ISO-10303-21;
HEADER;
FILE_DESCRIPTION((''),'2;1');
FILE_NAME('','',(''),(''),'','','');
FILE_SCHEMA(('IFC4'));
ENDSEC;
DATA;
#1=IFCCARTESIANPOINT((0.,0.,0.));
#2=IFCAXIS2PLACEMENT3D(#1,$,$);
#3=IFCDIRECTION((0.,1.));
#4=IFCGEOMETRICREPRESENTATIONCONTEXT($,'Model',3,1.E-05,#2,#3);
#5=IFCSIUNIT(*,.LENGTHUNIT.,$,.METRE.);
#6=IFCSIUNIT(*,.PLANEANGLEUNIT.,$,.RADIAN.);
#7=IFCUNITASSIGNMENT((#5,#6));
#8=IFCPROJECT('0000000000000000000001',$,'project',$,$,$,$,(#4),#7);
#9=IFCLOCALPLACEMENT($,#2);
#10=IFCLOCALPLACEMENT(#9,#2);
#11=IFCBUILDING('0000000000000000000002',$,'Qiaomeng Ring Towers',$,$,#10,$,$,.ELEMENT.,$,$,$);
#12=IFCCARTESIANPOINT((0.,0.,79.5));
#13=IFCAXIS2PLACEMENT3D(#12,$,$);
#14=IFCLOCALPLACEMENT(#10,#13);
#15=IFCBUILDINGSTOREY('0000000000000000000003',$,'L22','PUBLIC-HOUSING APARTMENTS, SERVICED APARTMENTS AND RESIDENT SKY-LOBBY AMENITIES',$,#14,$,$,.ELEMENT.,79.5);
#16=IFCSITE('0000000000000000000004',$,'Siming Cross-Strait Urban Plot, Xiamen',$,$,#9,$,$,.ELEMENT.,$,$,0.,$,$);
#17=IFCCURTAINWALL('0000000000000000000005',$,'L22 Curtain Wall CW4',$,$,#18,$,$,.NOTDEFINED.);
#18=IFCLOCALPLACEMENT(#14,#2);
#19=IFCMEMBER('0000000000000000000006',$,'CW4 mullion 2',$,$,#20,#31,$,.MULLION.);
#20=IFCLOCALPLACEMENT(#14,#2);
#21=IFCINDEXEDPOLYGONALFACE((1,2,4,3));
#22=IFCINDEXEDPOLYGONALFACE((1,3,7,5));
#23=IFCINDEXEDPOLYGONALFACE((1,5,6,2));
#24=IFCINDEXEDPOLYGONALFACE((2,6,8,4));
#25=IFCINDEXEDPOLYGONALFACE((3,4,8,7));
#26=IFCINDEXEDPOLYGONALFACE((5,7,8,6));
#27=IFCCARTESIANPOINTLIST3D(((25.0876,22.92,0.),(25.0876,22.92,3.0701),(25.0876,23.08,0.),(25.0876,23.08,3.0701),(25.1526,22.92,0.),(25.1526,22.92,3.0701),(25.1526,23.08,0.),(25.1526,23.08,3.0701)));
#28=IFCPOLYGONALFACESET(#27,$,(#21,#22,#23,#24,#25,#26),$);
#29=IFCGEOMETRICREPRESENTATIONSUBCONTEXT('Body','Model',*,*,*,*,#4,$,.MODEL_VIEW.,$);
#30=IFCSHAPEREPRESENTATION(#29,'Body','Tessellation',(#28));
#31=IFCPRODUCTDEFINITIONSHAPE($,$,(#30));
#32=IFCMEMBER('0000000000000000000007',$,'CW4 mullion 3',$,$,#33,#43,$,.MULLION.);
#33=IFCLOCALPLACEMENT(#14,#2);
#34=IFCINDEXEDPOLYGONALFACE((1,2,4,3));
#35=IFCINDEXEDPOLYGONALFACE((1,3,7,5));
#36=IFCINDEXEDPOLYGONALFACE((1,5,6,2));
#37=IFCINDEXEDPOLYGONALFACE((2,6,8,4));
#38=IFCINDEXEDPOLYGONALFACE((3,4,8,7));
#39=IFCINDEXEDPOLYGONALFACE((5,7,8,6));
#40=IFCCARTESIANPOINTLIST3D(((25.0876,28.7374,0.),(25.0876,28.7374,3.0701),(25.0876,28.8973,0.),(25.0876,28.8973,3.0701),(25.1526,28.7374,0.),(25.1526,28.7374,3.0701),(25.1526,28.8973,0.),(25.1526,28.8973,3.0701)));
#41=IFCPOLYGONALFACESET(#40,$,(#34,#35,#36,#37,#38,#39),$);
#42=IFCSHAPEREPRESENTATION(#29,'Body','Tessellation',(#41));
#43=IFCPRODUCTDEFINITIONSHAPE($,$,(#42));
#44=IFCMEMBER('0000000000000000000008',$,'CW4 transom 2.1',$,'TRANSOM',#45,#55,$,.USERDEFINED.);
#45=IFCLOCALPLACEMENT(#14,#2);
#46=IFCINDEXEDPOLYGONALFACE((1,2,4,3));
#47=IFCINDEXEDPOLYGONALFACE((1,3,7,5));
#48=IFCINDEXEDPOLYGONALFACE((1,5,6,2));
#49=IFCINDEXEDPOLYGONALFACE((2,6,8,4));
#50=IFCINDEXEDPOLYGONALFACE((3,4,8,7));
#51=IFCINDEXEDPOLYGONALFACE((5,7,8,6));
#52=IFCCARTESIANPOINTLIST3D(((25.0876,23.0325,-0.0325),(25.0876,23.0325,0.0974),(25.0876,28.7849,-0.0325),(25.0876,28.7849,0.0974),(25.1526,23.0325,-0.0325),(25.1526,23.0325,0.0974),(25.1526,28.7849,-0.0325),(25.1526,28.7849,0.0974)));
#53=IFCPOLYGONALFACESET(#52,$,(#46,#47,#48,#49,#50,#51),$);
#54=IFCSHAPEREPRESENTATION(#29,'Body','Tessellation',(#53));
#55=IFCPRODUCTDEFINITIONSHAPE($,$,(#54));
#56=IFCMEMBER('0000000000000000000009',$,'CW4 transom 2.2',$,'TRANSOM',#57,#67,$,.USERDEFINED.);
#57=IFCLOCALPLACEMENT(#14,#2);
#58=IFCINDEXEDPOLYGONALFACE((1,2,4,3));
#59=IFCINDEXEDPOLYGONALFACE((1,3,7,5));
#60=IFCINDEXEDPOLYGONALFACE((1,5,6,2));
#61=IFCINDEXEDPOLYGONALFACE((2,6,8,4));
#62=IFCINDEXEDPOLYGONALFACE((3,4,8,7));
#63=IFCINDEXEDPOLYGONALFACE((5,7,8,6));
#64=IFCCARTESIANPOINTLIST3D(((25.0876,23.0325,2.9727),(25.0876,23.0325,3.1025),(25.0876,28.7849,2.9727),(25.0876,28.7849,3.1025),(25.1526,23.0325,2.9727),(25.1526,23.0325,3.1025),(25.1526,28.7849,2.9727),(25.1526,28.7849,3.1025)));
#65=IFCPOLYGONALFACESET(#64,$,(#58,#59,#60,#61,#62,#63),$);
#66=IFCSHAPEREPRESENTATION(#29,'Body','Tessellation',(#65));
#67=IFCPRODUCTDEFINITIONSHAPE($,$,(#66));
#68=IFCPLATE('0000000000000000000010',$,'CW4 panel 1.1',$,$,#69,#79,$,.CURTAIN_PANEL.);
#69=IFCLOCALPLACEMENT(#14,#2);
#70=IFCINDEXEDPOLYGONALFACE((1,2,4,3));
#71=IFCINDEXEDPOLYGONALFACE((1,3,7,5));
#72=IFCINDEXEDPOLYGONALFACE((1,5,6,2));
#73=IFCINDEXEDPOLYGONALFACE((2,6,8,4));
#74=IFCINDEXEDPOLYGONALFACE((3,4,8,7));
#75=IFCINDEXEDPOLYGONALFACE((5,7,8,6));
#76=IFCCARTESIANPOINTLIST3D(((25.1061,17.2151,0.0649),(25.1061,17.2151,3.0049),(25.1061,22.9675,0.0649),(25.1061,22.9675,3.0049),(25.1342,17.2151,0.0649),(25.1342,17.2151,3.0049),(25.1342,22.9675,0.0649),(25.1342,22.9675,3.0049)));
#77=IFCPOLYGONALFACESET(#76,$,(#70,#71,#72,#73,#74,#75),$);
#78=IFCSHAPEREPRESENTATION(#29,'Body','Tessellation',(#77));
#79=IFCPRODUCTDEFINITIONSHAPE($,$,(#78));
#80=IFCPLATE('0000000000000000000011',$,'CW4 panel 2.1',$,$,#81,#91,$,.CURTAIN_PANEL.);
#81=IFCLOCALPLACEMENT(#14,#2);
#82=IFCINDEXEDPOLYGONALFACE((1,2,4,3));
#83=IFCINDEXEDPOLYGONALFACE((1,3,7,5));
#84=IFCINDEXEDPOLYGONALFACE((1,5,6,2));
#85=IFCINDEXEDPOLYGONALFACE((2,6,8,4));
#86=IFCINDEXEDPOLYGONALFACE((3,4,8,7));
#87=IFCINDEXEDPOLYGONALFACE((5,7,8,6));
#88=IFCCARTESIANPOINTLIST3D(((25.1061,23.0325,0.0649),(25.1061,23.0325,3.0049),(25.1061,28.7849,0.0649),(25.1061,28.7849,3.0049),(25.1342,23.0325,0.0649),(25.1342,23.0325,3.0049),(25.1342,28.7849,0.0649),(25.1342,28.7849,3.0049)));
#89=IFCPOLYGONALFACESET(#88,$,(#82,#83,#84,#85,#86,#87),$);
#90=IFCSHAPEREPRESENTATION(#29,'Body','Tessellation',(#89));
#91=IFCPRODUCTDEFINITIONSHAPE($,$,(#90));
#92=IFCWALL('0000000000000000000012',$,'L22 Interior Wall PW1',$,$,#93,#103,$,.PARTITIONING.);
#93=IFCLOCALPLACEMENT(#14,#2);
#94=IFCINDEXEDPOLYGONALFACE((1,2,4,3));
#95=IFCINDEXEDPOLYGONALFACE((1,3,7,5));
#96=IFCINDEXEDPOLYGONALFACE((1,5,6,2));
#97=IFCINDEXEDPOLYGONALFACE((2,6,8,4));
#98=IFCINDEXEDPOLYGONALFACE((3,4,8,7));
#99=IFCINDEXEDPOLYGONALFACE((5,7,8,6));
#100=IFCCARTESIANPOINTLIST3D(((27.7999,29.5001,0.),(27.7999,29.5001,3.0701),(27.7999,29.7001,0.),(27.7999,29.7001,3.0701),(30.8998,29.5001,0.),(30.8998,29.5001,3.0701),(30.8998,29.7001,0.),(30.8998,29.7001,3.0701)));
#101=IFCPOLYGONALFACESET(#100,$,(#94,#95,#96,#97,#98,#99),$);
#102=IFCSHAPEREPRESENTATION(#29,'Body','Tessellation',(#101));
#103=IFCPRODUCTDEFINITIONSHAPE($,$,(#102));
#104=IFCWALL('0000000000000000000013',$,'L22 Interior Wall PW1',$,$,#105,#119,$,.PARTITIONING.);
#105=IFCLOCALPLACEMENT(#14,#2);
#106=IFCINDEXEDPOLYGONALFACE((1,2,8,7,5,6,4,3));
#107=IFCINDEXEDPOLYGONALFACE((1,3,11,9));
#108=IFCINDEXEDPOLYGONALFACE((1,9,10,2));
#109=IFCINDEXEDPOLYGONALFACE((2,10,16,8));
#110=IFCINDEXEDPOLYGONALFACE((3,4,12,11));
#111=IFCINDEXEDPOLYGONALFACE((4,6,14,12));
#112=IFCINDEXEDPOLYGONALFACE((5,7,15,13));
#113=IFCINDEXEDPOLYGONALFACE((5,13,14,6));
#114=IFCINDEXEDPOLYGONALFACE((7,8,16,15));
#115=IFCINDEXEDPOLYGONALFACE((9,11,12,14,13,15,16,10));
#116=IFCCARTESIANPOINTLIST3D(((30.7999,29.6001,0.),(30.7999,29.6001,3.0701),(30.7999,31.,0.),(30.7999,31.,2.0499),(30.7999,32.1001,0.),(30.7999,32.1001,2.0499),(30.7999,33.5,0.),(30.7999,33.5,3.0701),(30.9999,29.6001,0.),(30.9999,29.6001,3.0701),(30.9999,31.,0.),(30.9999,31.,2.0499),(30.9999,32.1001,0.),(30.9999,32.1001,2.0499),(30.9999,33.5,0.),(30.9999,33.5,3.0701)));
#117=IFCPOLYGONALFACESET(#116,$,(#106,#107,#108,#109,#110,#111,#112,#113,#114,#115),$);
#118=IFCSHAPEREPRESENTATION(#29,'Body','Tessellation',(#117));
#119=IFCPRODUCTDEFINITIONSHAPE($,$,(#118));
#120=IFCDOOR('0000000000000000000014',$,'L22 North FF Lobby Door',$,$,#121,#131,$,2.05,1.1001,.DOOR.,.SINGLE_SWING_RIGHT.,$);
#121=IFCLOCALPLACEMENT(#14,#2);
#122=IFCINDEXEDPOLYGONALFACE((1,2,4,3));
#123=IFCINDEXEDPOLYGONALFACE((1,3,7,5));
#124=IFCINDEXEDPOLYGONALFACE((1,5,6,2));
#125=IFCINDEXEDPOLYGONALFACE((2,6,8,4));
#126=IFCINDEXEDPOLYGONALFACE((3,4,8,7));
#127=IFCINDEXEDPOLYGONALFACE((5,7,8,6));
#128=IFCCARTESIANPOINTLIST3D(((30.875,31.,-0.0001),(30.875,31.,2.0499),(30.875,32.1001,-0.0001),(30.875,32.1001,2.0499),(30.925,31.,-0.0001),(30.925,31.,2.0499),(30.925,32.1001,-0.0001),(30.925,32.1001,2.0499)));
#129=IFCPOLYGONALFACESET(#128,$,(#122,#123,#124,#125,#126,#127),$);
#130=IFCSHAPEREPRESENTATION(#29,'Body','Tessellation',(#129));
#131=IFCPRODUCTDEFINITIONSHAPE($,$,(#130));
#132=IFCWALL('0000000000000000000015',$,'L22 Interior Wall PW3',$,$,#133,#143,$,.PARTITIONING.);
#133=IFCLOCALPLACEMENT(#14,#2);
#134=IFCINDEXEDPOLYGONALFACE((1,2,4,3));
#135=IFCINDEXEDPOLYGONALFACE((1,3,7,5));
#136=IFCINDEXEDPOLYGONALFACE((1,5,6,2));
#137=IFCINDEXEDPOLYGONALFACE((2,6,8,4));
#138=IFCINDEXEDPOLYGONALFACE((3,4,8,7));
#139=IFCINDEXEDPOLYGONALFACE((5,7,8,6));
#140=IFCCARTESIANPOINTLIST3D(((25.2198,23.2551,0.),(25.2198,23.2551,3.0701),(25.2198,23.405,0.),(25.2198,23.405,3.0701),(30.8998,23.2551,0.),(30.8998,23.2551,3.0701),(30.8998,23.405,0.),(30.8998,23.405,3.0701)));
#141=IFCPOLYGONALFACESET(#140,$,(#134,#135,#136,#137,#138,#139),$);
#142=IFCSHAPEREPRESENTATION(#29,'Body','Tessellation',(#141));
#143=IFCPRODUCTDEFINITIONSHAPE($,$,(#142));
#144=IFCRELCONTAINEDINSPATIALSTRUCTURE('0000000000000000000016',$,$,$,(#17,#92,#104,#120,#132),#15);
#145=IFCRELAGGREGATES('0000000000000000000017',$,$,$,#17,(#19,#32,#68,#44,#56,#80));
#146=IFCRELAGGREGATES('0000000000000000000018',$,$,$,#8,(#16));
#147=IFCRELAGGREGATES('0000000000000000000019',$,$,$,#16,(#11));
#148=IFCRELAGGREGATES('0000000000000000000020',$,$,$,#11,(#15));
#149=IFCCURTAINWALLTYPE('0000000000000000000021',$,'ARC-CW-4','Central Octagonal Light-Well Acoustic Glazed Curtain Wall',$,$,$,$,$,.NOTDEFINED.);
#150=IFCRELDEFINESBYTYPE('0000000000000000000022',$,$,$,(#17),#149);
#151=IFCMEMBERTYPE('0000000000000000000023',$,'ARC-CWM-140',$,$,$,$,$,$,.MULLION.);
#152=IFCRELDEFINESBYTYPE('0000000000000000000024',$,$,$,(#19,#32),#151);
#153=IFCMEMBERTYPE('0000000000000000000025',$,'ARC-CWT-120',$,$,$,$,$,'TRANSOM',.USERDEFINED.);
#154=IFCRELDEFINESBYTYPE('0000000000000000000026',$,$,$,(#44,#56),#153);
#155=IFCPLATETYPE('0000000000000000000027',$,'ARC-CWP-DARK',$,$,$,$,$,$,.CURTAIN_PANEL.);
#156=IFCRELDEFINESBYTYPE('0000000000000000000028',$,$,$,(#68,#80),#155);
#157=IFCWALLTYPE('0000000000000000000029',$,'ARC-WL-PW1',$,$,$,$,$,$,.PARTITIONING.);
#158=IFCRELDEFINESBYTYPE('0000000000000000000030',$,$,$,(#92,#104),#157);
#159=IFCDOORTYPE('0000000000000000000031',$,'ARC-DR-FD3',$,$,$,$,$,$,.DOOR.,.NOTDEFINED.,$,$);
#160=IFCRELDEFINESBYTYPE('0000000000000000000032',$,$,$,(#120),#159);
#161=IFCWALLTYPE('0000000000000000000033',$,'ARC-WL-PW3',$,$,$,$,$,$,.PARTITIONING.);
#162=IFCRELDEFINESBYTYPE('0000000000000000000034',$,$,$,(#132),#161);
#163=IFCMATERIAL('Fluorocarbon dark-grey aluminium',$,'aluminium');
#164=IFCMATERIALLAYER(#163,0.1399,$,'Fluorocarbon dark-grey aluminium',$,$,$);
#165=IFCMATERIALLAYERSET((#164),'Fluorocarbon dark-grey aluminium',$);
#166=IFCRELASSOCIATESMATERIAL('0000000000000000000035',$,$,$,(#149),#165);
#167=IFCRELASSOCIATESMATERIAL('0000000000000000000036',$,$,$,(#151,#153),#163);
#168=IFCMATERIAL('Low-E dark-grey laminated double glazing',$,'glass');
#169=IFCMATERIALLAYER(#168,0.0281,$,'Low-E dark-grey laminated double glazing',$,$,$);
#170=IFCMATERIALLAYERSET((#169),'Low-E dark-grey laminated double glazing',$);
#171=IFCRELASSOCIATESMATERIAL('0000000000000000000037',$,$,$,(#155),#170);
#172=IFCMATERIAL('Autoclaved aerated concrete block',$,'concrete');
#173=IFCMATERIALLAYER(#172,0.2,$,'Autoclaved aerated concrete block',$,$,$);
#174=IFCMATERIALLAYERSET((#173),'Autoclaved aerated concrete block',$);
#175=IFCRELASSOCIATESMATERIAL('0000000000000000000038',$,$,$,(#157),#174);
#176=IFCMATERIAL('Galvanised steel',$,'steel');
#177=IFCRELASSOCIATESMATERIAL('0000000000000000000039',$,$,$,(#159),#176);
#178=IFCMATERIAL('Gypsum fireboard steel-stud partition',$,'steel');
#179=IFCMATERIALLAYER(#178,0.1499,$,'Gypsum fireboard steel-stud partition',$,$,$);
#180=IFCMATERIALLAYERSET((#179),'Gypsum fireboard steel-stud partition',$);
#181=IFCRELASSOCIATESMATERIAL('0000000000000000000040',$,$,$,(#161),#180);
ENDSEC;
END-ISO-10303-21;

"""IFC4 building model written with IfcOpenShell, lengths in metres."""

from ifc_helpers import new_model, si_unit, direction, frame, frame_2d, origin, origin_2d, place, context, subcontext, project, spatial, rectangle, extrude, source, transform, mapped, material, layer, layer_set, material_profile, profile_set, type_object, element, fill, aggregate, save


model = new_model("IFC4")

# Units and contexts
model_context = context("Model", 3, precision=1e-05, world=origin(), true_north=direction((0.0, 1.0)))
body_context = subcontext(model_context, "Body", "Model", "MODEL_VIEW")
ifc_project = project(units=[si_unit("LENGTHUNIT", "METRE"), si_unit("PLANEANGLEUNIT", "RADIAN")], contexts=[model_context])

# Site, building, storey
site_placement = place(None, origin())
site = spatial("IfcSite", under=ifc_project, at=site_placement, Name="Siming Cross-Strait Urban Plot, Xiamen", CompositionType="ELEMENT", RefElevation=0.0)
building_placement = place(site_placement, origin())
building = spatial("IfcBuilding", under=site, at=building_placement, Name="Qiaomeng Ring Towers", CompositionType="ELEMENT")
storey_placement = place(building_placement, frame((0.0, 0.0, 79.5)))
storey = spatial("IfcBuildingStorey", under=building, at=storey_placement, Name="L22", Description="PUBLIC-HOUSING APARTMENTS, SERVICED APARTMENTS AND RESIDENT SKY-LOBBY AMENITIES", CompositionType="ELEMENT", Elevation=79.5)

# Curtain wall, members, plates
ifc_material_1 = material(Name="Fluorocarbon dark-grey aluminium", Category="aluminium")
ifc_layer_1 = layer(ifc_material_1, 0.1399, Name="Fluorocarbon dark-grey aluminium")
ifc_layer_set_1 = layer_set([ifc_layer_1], Name="Fluorocarbon dark-grey aluminium")
curtain_wall_type = type_object("IfcCurtainWallType", Name="ARC-CW-4", Description="Central Octagonal Light-Well Acoustic Glazed Curtain Wall", PredefinedType="NOTDEFINED", material=ifc_layer_set_1)
curtain_wall_placement = place(storey_placement, origin())
curtain_wall = element("IfcCurtainWall", 1, at=curtain_wall_placement, inside=storey, type_object=curtain_wall_type, Name="L22 Curtain Wall CW4", PredefinedType="NOTDEFINED")
ifc_material_profile_1 = material_profile(ifc_material_1, rectangle(XDim=0.0649, YDim=0.1599, at=origin_2d()), Name="ALU MULL 65x160")
ifc_profile_set_1 = profile_set([ifc_material_profile_1], Name="Fluorocarbon dark-grey aluminium")
member_type_1 = type_object("IfcMemberType", Name="ARC-CWM-140", PredefinedType="MULLION", material=ifc_profile_set_1)
shared_shape_1 = source(origin(), body_context, "Body", "SweptSolid", [
    extrude(rectangle(XDim=0.0649, YDim=0.1599, at=origin_2d()), origin(), (0.0, 0.0, 1.0), 3.0701),
])
member_1_placement = place(storey_placement, frame((25.1201, 23.0, 0.0), z_axis=(0.0, 0.0, 1.0), x_axis=(-1.0, 0.0, 0.0)))
member_1 = element("IfcMember", 2, at=member_1_placement, type_object=member_type_1, Name="CW4 mullion 2", PredefinedType="MULLION", context=body_context, shape_type="MappedRepresentation", body=[
    mapped(shared_shape_1, transform((0.0, 0.0, 0.0), x_axis=(1.0, 0.0, 0.0), y_axis=(0.0, 1.0, 0.0), z_axis=(0.0, 0.0, 1.0), scale=1.0)),
])
member_2_placement = place(storey_placement, frame((25.1201, 28.8174, 0.0), z_axis=(0.0, 0.0, 1.0), x_axis=(-1.0, 0.0, 0.0)))
member_2 = element("IfcMember", 3, at=member_2_placement, type_object=member_type_1, Name="CW4 mullion 3", PredefinedType="MULLION", context=body_context, shape_type="MappedRepresentation", body=[
    mapped(shared_shape_1, transform((0.0, 0.0, 0.0), x_axis=(1.0, 0.0, 0.0), y_axis=(0.0, 1.0, 0.0), z_axis=(0.0, 0.0, 1.0), scale=1.0)),
])
ifc_material_profile_2 = material_profile(ifc_material_1, rectangle(XDim=0.0649, YDim=0.1299, at=origin_2d()), Name="ALU TRAN 65x130")
ifc_profile_set_2 = profile_set([ifc_material_profile_2], Name="Fluorocarbon dark-grey aluminium")
member_type_2 = type_object("IfcMemberType", Name="ARC-CWT-120", ElementType="TRANSOM", PredefinedType="USERDEFINED", material=ifc_profile_set_2)
shared_shape_2 = source(origin(), body_context, "Body", "SweptSolid", [
    extrude(rectangle(XDim=0.0649, YDim=0.1299, at=origin_2d()), origin(), (0.0, 0.0, 1.0), 5.7524),
])
member_3_placement = place(storey_placement, frame((25.1201, 23.0325, 0.0325), z_axis=(0.0, 1.0, 0.0), x_axis=(-1.0, 0.0, 0.0)))
member_3 = element("IfcMember", 4, at=member_3_placement, type_object=member_type_2, Name="CW4 transom 2.1", ObjectType="TRANSOM", PredefinedType="USERDEFINED", context=body_context, shape_type="MappedRepresentation", body=[
    mapped(shared_shape_2, transform((0.0, 0.0, 0.0), x_axis=(1.0, 0.0, 0.0), y_axis=(0.0, 1.0, 0.0), z_axis=(0.0, 0.0, 1.0), scale=1.0)),
])
member_4_placement = place(storey_placement, frame((25.1201, 23.0325, 3.0376), z_axis=(0.0, 1.0, 0.0), x_axis=(-1.0, 0.0, 0.0)))
member_4 = element("IfcMember", 5, at=member_4_placement, type_object=member_type_2, Name="CW4 transom 2.2", ObjectType="TRANSOM", PredefinedType="USERDEFINED", context=body_context, shape_type="MappedRepresentation", body=[
    mapped(shared_shape_2, transform((0.0, 0.0, 0.0), x_axis=(1.0, 0.0, 0.0), y_axis=(0.0, 1.0, 0.0), z_axis=(0.0, 0.0, 1.0), scale=1.0)),
])
ifc_material_2 = material(Name="Low-E dark-grey laminated double glazing", Category="glass")
ifc_layer_2 = layer(ifc_material_2, 0.0281, Name="Low-E dark-grey laminated double glazing")
ifc_layer_set_2 = layer_set([ifc_layer_2], Name="Low-E dark-grey laminated double glazing")
plate_type = type_object("IfcPlateType", Name="ARC-CWP-DARK", PredefinedType="CURTAIN_PANEL", material=ifc_layer_set_2)
shared_shape_3 = source(origin(), body_context, "Body", "SweptSolid", [
    extrude(rectangle(XDim=5.7524, YDim=0.0281, at=origin_2d()), origin(), (0.0, 0.0, 1.0), 2.9399),
])
plate_1_placement = place(storey_placement, frame((25.1201, 20.0913, 0.0649), z_axis=(0.0, 0.0, 1.0), x_axis=(0.0, 1.0, 0.0)))
plate_1 = element("IfcPlate", 6, at=plate_1_placement, type_object=plate_type, Name="CW4 panel 1.1", PredefinedType="CURTAIN_PANEL", context=body_context, shape_type="MappedRepresentation", body=[
    mapped(shared_shape_3, transform((0.0, 0.0, 0.0), x_axis=(1.0, 0.0, 0.0), y_axis=(0.0, 1.0, 0.0), z_axis=(0.0, 0.0, 1.0), scale=1.0)),
])
plate_2_placement = place(storey_placement, frame((25.1201, 25.9087, 0.0649), z_axis=(0.0, 0.0, 1.0), x_axis=(0.0, 1.0, 0.0)))
plate_2 = element("IfcPlate", 7, at=plate_2_placement, type_object=plate_type, Name="CW4 panel 2.1", PredefinedType="CURTAIN_PANEL", context=body_context, shape_type="MappedRepresentation", body=[
    mapped(shared_shape_3, transform((0.0, 0.0, 0.0), x_axis=(1.0, 0.0, 0.0), y_axis=(0.0, 1.0, 0.0), z_axis=(0.0, 0.0, 1.0), scale=1.0)),
])
aggregate(curtain_wall, [member_1, member_2, plate_1, member_3, member_4, plate_2])

# Wall
ifc_material_3 = material(Name="Autoclaved aerated concrete block", Category="concrete")
ifc_layer_3 = layer(ifc_material_3, 0.2, Name="Autoclaved aerated concrete block")
ifc_layer_set_3 = layer_set([ifc_layer_3], Name="Autoclaved aerated concrete block")
wall_type_1 = type_object("IfcWallType", Name="ARC-WL-PW1", PredefinedType="PARTITIONING", material=ifc_layer_set_3)
wall_1_placement = place(storey_placement, frame((27.8, 29.6001, 0.0), z_axis=(0.0, 0.0, 1.0), x_axis=(1.0, 0.0, 0.0)))
element("IfcWall", 8, at=wall_1_placement, inside=storey, type_object=wall_type_1, Name="L22 Interior Wall PW1", PredefinedType="PARTITIONING", context=body_context, shape_type="SweptSolid", body=[
    extrude(rectangle(XDim=3.0999, YDim=0.2, at=frame_2d((1.5498, 0.0))), origin(), (0.0, 0.0, 1.0), 3.0701),
])

# Wall, opening, door
wall_2_placement = place(storey_placement, frame((30.8999, 29.6001, 0.0), z_axis=(0.0, 0.0, 1.0), x_axis=(0.0, 1.0, 0.0)))
wall_2 = element("IfcWall", 9, at=wall_2_placement, inside=storey, type_object=wall_type_1, Name="L22 Interior Wall PW1", PredefinedType="PARTITIONING", context=body_context, shape_type="SweptSolid", body=[
    extrude(rectangle(XDim=3.8999, YDim=0.2, at=frame_2d((1.95, 0.0))), origin(), (0.0, 0.0, 1.0), 3.0701),
])
opening_1_placement = place(wall_2_placement, frame((1.3999, 0.0, 0.0)))
opening_1 = element("IfcOpeningElement", 10, at=opening_1_placement, cuts=wall_2, PredefinedType="OPENING", context=body_context, shape_type="SweptSolid", body=[
    extrude(rectangle(XDim=1.1001, YDim=2.05, at=frame_2d((0.55, 1.0249))), frame((0.0, 0.1099, 0.0), z_axis=(0.0, -1.0, 0.0), x_axis=(1.0, 0.0, 0.0)), (0.0, 0.0, 1.0), 0.22),
])
ifc_material_4 = material(Name="Galvanised steel", Category="steel")
door_type_1 = type_object("IfcDoorType", Name="ARC-DR-FD3", OperationType="NOTDEFINED", PredefinedType="DOOR", material=ifc_material_4)
shared_shape_4 = source(origin(), body_context, "Body", "SweptSolid", [
    extrude(rectangle(XDim=1.1001, YDim=2.05, at=frame_2d((0.55, 1.0249))), frame((0.0, 0.0249, 0.0), z_axis=(0.0, -1.0, 0.0), x_axis=(1.0, 0.0, 0.0)), (0.0, 0.0, 1.0), 0.05),
])
door_1_placement = place(opening_1_placement, origin())
door_1 = element("IfcDoor", 11, at=door_1_placement, inside=storey, type_object=door_type_1, Name="L22 North FF Lobby Door", OperationType="SINGLE_SWING_RIGHT", OverallHeight=2.05, OverallWidth=1.1001, PredefinedType="DOOR", context=body_context, shape_type="MappedRepresentation", body=[
    mapped(shared_shape_4, transform((0.0, 0.0, 0.0), x_axis=(1.0, 0.0, 0.0), y_axis=(0.0, 1.0, 0.0), z_axis=(0.0, 0.0, 1.0), scale=1.0)),
])
fill(opening_1, door_1)

# Wall
ifc_material_5 = material(Name="Gypsum fireboard steel-stud partition", Category="steel")
ifc_layer_4 = layer(ifc_material_5, 0.1499, Name="Gypsum fireboard steel-stud partition")
ifc_layer_set_4 = layer_set([ifc_layer_4], Name="Gypsum fireboard steel-stud partition")
wall_type_2 = type_object("IfcWallType", Name="ARC-WL-PW3", PredefinedType="PARTITIONING", material=ifc_layer_set_4)
wall_3_placement = place(storey_placement, frame((25.22, 23.3301, 0.0), z_axis=(0.0, 0.0, 1.0), x_axis=(1.0, 0.0, 0.0)))
element("IfcWall", 12, at=wall_3_placement, inside=storey, type_object=wall_type_2, Name="L22 Interior Wall PW3", PredefinedType="PARTITIONING", context=body_context, shape_type="SweptSolid", body=[
    extrude(rectangle(XDim=5.6799, YDim=0.1499, at=frame_2d((2.8398, 0.0))), origin(), (0.0, 0.0, 1.0), 3.0701),
])

save(model, "model.ifc")
